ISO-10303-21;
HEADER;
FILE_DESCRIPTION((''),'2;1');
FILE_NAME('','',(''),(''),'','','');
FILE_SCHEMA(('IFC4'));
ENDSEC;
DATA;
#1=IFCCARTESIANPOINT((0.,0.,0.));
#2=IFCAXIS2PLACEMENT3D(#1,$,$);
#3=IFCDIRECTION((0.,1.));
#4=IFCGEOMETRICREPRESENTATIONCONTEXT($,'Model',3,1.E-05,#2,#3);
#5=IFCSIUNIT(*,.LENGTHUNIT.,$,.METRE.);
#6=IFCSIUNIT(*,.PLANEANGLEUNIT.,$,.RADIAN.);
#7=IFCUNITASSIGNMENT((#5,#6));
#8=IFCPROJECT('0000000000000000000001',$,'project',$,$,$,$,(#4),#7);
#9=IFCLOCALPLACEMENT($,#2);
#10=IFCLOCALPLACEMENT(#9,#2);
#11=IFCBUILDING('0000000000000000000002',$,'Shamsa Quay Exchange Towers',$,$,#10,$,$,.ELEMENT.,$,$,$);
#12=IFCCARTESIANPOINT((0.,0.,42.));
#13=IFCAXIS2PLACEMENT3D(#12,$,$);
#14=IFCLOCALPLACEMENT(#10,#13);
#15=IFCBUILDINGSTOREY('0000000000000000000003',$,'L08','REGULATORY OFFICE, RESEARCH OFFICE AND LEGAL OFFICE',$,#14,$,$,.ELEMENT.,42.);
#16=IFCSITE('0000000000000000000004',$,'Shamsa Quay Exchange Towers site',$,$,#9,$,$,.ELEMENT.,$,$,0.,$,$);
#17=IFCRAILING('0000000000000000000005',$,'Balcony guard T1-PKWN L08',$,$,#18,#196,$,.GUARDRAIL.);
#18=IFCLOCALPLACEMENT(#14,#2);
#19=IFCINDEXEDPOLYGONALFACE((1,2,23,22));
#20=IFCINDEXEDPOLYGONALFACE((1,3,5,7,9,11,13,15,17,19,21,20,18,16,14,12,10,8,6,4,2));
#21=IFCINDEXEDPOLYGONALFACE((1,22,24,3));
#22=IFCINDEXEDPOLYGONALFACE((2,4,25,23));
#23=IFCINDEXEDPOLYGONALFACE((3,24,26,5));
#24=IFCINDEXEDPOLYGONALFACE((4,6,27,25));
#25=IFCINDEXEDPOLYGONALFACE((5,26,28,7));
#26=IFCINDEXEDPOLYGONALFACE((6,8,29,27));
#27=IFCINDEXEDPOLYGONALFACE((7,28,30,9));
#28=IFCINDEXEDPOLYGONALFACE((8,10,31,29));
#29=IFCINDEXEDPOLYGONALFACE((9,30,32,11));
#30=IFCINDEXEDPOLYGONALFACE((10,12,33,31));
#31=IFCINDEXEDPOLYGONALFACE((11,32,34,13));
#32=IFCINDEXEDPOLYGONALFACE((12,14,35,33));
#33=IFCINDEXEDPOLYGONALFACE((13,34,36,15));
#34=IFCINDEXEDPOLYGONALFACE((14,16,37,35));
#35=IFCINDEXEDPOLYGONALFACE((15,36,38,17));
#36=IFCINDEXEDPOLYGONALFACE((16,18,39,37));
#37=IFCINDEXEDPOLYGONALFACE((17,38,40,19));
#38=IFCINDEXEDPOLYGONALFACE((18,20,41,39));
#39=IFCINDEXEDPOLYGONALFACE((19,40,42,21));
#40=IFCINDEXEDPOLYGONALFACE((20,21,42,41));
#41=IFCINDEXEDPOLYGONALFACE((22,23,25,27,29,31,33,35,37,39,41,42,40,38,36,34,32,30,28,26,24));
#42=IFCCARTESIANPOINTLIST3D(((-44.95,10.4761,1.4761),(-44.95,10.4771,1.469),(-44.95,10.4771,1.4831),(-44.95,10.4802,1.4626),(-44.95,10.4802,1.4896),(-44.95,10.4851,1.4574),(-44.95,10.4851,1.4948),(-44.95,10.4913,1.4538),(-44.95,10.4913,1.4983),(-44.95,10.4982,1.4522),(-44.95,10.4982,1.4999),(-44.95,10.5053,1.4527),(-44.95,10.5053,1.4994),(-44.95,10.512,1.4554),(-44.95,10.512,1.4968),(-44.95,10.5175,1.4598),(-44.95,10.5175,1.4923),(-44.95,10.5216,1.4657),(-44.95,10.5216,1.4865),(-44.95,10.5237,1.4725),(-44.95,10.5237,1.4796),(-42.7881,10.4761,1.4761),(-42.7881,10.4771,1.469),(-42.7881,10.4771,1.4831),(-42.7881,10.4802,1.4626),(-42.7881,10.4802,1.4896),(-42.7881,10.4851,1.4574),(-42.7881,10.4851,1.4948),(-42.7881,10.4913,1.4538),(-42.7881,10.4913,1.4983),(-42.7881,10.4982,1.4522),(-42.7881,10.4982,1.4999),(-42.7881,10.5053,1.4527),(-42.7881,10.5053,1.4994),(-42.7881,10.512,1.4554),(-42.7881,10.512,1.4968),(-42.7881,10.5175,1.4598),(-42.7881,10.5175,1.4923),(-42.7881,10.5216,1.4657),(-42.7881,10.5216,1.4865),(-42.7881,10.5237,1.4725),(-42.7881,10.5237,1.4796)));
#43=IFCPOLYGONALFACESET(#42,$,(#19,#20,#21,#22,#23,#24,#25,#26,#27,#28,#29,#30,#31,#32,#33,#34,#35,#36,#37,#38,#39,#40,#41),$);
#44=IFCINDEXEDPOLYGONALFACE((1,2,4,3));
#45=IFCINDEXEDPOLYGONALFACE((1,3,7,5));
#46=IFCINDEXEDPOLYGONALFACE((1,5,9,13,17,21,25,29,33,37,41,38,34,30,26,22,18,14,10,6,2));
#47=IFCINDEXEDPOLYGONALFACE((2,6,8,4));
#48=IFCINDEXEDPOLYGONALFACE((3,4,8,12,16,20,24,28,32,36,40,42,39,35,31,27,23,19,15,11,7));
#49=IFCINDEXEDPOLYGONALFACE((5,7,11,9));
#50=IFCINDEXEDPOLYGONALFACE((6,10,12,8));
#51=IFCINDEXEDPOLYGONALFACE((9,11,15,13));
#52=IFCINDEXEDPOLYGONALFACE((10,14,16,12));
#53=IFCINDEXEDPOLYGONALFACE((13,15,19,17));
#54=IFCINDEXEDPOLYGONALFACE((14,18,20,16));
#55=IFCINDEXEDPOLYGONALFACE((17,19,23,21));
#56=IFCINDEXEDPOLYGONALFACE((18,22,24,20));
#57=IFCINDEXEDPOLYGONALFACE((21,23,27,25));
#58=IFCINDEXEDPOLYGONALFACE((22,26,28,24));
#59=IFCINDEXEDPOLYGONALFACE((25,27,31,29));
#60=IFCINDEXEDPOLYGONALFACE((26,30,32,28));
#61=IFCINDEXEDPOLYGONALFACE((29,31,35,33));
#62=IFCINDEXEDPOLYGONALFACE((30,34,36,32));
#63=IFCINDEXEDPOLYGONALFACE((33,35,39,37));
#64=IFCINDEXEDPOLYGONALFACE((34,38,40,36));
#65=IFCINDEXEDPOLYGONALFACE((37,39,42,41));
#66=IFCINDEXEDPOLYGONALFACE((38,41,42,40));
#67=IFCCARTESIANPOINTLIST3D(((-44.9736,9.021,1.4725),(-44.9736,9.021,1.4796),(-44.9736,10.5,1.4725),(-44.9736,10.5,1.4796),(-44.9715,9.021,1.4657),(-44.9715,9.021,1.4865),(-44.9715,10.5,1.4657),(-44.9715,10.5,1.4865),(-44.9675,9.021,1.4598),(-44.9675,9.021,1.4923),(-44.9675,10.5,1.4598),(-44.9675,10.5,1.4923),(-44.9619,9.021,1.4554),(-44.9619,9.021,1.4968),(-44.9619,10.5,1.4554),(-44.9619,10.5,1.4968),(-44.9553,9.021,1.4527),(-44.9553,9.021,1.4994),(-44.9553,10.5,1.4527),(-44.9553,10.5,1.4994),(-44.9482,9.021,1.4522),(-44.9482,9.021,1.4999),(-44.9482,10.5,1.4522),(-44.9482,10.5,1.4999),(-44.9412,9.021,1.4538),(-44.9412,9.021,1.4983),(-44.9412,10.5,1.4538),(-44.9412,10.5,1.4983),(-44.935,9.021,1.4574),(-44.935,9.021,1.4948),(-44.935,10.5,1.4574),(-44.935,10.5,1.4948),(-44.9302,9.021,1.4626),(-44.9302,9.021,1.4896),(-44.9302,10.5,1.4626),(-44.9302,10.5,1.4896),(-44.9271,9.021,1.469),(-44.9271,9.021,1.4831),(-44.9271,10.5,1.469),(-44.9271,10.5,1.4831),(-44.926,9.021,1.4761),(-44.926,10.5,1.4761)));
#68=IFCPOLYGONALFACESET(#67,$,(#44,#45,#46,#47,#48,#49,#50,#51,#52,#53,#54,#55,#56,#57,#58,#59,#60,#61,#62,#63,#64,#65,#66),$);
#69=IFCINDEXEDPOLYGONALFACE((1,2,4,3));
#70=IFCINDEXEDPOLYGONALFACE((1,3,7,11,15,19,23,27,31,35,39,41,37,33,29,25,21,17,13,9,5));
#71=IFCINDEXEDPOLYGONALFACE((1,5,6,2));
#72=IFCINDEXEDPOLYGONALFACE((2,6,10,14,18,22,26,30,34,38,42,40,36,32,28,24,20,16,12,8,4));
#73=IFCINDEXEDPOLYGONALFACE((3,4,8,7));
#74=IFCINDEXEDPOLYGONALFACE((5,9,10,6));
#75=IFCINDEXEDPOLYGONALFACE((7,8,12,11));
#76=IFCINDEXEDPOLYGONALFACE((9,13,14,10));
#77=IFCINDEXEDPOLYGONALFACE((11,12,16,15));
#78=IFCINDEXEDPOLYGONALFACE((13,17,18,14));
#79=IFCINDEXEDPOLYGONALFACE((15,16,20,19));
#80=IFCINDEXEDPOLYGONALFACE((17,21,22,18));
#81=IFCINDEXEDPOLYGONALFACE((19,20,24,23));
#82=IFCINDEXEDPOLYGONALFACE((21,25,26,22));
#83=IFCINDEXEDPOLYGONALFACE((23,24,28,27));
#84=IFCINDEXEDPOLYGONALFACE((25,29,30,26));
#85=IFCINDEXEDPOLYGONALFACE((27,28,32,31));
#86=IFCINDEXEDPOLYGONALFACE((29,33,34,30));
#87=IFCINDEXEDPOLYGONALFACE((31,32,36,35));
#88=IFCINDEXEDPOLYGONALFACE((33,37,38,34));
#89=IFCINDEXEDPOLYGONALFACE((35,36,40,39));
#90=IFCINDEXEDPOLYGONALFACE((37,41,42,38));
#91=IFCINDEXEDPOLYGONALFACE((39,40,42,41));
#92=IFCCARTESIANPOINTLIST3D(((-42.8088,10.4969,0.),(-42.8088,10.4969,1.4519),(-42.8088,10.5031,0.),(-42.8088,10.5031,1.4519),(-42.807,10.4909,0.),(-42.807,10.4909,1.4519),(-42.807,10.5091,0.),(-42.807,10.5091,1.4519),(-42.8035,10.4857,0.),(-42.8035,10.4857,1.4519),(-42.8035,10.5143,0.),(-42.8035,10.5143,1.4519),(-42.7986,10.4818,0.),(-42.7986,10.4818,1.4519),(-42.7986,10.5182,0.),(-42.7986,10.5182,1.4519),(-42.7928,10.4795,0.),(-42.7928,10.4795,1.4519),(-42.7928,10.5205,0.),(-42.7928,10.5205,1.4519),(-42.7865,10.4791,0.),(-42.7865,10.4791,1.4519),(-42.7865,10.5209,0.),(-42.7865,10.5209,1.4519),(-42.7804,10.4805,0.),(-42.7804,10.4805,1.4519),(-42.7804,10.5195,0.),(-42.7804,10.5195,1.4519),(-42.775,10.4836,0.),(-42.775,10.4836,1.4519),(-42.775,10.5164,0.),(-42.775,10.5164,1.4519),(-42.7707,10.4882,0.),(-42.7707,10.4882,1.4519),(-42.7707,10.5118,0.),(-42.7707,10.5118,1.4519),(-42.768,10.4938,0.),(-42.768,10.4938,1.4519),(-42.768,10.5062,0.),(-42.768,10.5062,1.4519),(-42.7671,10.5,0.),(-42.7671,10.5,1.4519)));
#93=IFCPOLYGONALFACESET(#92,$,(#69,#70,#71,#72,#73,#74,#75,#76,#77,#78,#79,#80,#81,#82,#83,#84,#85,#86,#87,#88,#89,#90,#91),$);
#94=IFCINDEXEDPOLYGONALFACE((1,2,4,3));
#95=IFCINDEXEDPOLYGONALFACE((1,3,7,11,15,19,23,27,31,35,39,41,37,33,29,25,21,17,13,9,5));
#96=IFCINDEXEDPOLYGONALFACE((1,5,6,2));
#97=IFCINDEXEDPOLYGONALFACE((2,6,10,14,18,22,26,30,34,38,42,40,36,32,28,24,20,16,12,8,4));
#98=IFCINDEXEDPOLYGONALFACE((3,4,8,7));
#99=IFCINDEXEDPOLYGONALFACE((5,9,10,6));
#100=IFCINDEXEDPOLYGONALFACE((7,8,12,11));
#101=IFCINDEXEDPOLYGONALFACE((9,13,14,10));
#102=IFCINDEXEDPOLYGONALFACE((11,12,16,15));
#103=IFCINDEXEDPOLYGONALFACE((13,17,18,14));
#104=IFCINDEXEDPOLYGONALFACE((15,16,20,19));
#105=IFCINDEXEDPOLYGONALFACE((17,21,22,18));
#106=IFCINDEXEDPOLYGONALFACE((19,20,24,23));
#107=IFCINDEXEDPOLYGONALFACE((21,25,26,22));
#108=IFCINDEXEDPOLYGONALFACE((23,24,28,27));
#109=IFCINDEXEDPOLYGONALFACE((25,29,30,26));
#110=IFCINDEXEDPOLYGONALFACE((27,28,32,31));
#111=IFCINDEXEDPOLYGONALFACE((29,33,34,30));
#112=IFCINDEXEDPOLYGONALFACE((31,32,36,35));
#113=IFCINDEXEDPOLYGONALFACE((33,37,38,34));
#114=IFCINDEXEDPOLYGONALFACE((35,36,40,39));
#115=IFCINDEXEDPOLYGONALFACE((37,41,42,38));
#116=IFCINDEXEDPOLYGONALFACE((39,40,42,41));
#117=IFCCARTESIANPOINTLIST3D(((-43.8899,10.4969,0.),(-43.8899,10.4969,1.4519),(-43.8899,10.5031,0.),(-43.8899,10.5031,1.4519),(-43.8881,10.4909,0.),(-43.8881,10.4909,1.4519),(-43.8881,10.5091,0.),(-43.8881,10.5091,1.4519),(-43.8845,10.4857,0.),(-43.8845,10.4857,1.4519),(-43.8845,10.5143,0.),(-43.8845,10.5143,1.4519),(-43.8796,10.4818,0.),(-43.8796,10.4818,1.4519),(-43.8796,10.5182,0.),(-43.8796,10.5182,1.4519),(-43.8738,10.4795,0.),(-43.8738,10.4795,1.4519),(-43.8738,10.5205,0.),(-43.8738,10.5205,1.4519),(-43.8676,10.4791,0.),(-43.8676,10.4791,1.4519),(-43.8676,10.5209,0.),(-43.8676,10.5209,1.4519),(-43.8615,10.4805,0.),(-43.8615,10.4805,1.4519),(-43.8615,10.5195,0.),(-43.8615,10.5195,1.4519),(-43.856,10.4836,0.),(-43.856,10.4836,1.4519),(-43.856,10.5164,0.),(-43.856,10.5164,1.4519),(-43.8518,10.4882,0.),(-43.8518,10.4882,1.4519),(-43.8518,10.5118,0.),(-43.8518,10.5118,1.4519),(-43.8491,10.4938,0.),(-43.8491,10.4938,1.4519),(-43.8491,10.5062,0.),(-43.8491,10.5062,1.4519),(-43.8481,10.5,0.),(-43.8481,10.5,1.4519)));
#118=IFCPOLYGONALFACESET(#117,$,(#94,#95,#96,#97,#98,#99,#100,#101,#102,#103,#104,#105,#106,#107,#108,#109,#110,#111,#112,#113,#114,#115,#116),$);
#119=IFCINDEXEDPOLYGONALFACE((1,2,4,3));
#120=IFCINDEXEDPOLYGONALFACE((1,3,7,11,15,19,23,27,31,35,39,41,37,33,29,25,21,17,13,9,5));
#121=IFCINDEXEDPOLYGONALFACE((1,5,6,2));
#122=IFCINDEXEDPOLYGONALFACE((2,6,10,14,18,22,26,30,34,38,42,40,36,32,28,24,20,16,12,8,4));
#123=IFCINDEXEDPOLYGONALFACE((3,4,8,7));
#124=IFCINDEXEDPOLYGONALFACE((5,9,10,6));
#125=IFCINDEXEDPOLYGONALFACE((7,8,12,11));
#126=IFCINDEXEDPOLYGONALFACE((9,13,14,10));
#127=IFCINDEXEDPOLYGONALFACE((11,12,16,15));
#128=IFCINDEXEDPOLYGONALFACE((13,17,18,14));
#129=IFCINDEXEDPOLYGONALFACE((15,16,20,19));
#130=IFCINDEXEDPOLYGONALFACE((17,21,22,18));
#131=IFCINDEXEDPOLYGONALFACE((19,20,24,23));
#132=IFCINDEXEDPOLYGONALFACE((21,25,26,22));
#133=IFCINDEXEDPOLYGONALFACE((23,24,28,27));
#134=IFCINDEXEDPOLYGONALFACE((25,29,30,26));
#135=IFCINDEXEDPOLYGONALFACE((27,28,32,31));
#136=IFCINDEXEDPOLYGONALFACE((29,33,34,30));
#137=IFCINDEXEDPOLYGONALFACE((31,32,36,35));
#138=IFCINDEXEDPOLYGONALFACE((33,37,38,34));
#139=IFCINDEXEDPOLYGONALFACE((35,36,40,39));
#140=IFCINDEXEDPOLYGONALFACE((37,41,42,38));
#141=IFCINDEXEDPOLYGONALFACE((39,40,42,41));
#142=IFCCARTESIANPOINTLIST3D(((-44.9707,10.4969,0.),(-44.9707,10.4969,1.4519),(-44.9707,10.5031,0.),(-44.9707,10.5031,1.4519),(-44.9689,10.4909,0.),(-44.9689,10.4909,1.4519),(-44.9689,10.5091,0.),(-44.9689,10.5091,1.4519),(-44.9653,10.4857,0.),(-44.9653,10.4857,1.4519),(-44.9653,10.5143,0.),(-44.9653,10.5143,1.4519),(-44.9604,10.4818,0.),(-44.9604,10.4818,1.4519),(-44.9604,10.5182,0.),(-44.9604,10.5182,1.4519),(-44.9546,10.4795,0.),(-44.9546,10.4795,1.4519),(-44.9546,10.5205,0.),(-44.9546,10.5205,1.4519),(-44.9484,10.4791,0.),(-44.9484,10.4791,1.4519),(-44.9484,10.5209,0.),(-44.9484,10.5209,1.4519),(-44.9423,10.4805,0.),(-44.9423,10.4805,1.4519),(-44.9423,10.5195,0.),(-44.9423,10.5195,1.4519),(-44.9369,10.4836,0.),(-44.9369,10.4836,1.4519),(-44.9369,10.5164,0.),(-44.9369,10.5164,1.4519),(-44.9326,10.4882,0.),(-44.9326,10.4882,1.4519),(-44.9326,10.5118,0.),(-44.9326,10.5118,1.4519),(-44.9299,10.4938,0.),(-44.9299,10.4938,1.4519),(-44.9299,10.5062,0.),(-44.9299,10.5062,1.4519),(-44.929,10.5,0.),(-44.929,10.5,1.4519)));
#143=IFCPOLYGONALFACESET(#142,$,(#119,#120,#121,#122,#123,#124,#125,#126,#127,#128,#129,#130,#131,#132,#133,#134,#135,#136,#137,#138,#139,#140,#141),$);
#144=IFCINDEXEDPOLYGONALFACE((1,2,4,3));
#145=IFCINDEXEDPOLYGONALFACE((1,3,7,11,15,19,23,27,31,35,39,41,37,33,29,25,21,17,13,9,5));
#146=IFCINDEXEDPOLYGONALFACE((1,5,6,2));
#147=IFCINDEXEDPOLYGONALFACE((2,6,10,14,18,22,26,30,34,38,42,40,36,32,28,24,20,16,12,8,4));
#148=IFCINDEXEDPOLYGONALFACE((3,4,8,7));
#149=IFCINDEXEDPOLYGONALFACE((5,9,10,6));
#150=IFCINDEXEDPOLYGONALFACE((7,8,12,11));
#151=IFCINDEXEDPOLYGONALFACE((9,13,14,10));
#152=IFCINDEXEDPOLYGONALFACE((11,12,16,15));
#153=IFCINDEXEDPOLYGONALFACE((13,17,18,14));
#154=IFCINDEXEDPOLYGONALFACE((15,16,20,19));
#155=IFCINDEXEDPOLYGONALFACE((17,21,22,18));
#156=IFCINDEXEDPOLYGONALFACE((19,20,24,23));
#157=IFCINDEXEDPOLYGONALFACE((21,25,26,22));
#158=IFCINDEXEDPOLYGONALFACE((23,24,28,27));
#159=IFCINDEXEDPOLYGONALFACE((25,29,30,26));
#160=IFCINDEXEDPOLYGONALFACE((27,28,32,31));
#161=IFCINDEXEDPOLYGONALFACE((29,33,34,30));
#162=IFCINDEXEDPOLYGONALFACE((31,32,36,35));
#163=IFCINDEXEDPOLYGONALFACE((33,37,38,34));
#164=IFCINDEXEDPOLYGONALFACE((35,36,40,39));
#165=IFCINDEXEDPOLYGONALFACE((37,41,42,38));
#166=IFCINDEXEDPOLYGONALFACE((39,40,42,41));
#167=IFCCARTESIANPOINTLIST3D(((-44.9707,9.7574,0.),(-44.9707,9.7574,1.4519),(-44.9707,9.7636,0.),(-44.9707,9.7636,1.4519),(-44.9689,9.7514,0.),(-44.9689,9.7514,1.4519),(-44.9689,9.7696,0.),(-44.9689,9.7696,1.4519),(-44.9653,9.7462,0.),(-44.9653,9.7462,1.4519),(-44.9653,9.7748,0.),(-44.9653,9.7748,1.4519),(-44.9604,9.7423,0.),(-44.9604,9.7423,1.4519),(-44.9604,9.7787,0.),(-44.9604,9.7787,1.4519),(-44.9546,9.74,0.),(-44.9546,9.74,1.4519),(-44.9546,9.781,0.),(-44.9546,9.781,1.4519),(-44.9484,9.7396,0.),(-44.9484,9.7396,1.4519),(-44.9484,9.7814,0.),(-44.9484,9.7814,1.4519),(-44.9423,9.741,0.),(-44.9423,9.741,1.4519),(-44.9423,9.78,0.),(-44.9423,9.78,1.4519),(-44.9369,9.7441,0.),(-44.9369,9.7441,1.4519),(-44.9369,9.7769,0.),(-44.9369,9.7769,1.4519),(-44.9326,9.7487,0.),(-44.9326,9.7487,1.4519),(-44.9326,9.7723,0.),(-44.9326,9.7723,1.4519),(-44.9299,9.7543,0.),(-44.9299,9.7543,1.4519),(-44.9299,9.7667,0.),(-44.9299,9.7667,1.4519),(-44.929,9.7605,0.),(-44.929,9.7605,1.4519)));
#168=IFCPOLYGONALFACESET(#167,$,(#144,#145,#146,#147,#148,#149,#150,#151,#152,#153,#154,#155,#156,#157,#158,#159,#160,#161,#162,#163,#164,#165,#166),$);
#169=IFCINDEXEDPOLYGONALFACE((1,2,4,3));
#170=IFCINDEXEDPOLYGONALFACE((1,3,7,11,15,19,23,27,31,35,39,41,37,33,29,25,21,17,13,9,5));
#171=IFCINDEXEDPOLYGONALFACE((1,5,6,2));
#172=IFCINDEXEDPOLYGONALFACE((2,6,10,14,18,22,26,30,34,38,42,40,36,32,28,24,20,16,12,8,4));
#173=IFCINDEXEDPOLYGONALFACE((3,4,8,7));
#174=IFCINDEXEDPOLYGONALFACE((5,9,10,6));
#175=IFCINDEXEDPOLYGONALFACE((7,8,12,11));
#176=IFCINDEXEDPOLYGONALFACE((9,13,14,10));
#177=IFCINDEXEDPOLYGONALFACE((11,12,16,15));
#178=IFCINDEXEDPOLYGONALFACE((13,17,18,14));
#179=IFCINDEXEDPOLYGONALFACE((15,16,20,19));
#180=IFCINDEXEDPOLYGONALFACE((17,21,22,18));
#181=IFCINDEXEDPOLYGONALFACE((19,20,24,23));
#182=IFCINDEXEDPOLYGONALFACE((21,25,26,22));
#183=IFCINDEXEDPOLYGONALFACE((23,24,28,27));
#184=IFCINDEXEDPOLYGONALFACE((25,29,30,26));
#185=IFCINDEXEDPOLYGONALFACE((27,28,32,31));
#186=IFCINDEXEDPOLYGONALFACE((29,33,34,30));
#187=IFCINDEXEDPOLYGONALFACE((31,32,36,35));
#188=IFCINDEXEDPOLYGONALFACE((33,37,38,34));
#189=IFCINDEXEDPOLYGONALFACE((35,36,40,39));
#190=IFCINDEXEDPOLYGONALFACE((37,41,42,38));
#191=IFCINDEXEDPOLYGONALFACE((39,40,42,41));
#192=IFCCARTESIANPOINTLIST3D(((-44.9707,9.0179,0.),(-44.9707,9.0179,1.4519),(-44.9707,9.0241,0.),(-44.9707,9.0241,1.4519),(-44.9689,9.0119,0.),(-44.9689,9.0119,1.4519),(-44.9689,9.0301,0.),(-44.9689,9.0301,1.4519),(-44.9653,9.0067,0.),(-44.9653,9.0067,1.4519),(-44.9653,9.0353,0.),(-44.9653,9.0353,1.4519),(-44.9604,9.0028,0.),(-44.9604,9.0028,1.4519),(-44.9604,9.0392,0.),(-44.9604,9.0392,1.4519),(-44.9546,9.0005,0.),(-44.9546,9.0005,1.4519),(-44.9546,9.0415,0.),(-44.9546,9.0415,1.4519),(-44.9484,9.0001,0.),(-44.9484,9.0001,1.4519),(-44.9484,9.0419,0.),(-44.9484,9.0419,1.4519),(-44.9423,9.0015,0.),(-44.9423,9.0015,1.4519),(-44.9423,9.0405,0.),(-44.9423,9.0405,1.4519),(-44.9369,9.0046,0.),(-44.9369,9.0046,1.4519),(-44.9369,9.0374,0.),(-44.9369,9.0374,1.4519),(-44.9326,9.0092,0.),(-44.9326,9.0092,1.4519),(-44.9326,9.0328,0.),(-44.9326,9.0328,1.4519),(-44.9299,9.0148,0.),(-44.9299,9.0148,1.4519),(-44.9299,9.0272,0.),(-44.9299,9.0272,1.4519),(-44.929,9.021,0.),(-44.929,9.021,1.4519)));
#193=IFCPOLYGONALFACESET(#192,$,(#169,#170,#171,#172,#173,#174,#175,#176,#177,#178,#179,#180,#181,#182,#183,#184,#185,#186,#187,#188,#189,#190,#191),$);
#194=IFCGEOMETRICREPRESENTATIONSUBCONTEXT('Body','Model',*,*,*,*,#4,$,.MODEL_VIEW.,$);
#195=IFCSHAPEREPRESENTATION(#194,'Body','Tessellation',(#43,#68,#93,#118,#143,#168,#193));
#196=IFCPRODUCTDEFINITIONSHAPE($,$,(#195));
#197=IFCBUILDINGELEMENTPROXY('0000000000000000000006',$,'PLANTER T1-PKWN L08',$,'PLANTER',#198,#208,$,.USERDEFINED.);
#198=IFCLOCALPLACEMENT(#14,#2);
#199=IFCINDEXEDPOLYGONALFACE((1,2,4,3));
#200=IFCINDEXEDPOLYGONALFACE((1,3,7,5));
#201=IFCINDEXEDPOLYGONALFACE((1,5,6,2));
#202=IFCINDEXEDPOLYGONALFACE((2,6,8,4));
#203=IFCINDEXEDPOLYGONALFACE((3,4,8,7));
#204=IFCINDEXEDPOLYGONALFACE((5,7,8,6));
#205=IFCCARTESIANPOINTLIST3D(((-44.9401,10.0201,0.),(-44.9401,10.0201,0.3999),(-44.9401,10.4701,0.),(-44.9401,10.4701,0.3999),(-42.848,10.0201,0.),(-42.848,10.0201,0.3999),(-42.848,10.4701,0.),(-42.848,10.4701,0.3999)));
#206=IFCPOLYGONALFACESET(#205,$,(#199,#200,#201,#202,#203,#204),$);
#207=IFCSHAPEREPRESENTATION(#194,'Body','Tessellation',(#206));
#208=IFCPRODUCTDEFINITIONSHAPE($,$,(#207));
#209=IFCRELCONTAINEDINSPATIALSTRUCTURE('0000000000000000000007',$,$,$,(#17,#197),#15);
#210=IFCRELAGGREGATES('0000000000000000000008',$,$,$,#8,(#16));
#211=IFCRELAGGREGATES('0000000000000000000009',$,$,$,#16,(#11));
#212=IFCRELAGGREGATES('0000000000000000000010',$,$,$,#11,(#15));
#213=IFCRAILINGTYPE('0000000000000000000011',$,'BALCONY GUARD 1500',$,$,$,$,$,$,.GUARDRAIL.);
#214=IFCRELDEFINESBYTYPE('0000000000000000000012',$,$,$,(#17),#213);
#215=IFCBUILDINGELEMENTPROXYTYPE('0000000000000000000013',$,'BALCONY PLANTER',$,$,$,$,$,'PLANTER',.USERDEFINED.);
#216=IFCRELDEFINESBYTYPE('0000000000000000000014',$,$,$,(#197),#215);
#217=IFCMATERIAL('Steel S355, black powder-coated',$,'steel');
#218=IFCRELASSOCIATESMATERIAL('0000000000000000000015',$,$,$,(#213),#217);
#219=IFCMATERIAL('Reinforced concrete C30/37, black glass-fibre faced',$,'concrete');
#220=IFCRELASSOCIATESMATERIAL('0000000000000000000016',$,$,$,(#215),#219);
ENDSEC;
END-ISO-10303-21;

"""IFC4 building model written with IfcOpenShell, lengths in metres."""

from ifc_helpers import new_model, si_unit, direction, frame, origin, origin_2d, place, context, subcontext, project, spatial, rectangle, circle, extrude, material, type_object, element, save


model = new_model("IFC4")

# Units and contexts
model_context = context("Model", 3, precision=1e-05, world=origin(), true_north=direction((0.0, 1.0)))
body_context = subcontext(model_context, "Body", "Model", "MODEL_VIEW")
ifc_project = project(units=[si_unit("LENGTHUNIT", "METRE"), si_unit("PLANEANGLEUNIT", "RADIAN")], contexts=[model_context])

# Site, building, storey
site_placement = place(None, origin())
site = spatial("IfcSite", under=ifc_project, at=site_placement, Name="Shamsa Quay Exchange Towers site", CompositionType="ELEMENT", RefElevation=0.0)
building_placement = place(site_placement, origin())
building = spatial("IfcBuilding", under=site, at=building_placement, Name="Shamsa Quay Exchange Towers", CompositionType="ELEMENT")
storey_placement = place(building_placement, frame((0.0, 0.0, 42.0)))
storey = spatial("IfcBuildingStorey", under=building, at=storey_placement, Name="L08", Description="REGULATORY OFFICE, RESEARCH OFFICE AND LEGAL OFFICE", CompositionType="ELEMENT", Elevation=42.0)

# Railing
ifc_material_1 = material(Name="Steel S355, black powder-coated", Category="steel")
railing_type = type_object("IfcRailingType", Name="BALCONY GUARD 1500", PredefinedType="GUARDRAIL", material=ifc_material_1)
railing_placement = place(storey_placement, frame((-42.7881, 10.5, 0.0)))
element("IfcRailing", 1, at=railing_placement, inside=storey, type_object=railing_type, Name="Balcony guard T1-PKWN L08", PredefinedType="GUARDRAIL", context=body_context, shape_type="SweptSolid", body=[
    extrude(circle(Radius=0.0239, at=origin_2d()), frame((0.0, 0.0, 1.4761), z_axis=(-1.0, 0.0, 0.0), x_axis=(0.0, -1.0, 0.0)), (0.0, 0.0, 1.0), 2.1619),
    extrude(circle(Radius=0.0239, at=origin_2d()), frame((-2.1619, 0.0, 1.4761), z_axis=(0.0, -1.0, 0.0), x_axis=(1.0, 0.0, 0.0)), (0.0, 0.0, 1.0), 1.479),
    extrude(circle(Radius=0.021, at=origin_2d()), origin(), (0.0, 0.0, 1.0), 1.4519),
    extrude(circle(Radius=0.021, at=origin_2d()), frame((-1.0811, 0.0, 0.0)), (0.0, 0.0, 1.0), 1.4519),
    extrude(circle(Radius=0.021, at=origin_2d()), frame((-2.1619, 0.0, 0.0)), (0.0, 0.0, 1.0), 1.4519),
    extrude(circle(Radius=0.021, at=origin_2d()), frame((-2.1619, -0.7395, 0.0)), (0.0, 0.0, 1.0), 1.4519),
    extrude(circle(Radius=0.021, at=origin_2d()), frame((-2.1619, -1.479, 0.0)), (0.0, 0.0, 1.0), 1.4519),
])

# Building element proxy
ifc_material_2 = material(Name="Reinforced concrete C30/37, black glass-fibre faced", Category="concrete")
building_element_proxy_type = type_object("IfcBuildingElementProxyType", Name="BALCONY PLANTER", ElementType="PLANTER", PredefinedType="USERDEFINED", material=ifc_material_2)
proxy_placement = place(storey_placement, frame((-43.894, 10.2451, 0.0), z_axis=(0.0, 0.0, 1.0), x_axis=(-1.0, 0.0, 0.0)))
element("IfcBuildingElementProxy", 2, at=proxy_placement, inside=storey, type_object=building_element_proxy_type, Name="PLANTER T1-PKWN L08", ObjectType="PLANTER", PredefinedType="USERDEFINED", context=body_context, shape_type="SweptSolid", body=[
    extrude(rectangle(XDim=2.092, YDim=0.45, at=origin_2d()), origin(), (0.0, 0.0, 1.0), 0.3999),
])

save(model, "model.ifc")
